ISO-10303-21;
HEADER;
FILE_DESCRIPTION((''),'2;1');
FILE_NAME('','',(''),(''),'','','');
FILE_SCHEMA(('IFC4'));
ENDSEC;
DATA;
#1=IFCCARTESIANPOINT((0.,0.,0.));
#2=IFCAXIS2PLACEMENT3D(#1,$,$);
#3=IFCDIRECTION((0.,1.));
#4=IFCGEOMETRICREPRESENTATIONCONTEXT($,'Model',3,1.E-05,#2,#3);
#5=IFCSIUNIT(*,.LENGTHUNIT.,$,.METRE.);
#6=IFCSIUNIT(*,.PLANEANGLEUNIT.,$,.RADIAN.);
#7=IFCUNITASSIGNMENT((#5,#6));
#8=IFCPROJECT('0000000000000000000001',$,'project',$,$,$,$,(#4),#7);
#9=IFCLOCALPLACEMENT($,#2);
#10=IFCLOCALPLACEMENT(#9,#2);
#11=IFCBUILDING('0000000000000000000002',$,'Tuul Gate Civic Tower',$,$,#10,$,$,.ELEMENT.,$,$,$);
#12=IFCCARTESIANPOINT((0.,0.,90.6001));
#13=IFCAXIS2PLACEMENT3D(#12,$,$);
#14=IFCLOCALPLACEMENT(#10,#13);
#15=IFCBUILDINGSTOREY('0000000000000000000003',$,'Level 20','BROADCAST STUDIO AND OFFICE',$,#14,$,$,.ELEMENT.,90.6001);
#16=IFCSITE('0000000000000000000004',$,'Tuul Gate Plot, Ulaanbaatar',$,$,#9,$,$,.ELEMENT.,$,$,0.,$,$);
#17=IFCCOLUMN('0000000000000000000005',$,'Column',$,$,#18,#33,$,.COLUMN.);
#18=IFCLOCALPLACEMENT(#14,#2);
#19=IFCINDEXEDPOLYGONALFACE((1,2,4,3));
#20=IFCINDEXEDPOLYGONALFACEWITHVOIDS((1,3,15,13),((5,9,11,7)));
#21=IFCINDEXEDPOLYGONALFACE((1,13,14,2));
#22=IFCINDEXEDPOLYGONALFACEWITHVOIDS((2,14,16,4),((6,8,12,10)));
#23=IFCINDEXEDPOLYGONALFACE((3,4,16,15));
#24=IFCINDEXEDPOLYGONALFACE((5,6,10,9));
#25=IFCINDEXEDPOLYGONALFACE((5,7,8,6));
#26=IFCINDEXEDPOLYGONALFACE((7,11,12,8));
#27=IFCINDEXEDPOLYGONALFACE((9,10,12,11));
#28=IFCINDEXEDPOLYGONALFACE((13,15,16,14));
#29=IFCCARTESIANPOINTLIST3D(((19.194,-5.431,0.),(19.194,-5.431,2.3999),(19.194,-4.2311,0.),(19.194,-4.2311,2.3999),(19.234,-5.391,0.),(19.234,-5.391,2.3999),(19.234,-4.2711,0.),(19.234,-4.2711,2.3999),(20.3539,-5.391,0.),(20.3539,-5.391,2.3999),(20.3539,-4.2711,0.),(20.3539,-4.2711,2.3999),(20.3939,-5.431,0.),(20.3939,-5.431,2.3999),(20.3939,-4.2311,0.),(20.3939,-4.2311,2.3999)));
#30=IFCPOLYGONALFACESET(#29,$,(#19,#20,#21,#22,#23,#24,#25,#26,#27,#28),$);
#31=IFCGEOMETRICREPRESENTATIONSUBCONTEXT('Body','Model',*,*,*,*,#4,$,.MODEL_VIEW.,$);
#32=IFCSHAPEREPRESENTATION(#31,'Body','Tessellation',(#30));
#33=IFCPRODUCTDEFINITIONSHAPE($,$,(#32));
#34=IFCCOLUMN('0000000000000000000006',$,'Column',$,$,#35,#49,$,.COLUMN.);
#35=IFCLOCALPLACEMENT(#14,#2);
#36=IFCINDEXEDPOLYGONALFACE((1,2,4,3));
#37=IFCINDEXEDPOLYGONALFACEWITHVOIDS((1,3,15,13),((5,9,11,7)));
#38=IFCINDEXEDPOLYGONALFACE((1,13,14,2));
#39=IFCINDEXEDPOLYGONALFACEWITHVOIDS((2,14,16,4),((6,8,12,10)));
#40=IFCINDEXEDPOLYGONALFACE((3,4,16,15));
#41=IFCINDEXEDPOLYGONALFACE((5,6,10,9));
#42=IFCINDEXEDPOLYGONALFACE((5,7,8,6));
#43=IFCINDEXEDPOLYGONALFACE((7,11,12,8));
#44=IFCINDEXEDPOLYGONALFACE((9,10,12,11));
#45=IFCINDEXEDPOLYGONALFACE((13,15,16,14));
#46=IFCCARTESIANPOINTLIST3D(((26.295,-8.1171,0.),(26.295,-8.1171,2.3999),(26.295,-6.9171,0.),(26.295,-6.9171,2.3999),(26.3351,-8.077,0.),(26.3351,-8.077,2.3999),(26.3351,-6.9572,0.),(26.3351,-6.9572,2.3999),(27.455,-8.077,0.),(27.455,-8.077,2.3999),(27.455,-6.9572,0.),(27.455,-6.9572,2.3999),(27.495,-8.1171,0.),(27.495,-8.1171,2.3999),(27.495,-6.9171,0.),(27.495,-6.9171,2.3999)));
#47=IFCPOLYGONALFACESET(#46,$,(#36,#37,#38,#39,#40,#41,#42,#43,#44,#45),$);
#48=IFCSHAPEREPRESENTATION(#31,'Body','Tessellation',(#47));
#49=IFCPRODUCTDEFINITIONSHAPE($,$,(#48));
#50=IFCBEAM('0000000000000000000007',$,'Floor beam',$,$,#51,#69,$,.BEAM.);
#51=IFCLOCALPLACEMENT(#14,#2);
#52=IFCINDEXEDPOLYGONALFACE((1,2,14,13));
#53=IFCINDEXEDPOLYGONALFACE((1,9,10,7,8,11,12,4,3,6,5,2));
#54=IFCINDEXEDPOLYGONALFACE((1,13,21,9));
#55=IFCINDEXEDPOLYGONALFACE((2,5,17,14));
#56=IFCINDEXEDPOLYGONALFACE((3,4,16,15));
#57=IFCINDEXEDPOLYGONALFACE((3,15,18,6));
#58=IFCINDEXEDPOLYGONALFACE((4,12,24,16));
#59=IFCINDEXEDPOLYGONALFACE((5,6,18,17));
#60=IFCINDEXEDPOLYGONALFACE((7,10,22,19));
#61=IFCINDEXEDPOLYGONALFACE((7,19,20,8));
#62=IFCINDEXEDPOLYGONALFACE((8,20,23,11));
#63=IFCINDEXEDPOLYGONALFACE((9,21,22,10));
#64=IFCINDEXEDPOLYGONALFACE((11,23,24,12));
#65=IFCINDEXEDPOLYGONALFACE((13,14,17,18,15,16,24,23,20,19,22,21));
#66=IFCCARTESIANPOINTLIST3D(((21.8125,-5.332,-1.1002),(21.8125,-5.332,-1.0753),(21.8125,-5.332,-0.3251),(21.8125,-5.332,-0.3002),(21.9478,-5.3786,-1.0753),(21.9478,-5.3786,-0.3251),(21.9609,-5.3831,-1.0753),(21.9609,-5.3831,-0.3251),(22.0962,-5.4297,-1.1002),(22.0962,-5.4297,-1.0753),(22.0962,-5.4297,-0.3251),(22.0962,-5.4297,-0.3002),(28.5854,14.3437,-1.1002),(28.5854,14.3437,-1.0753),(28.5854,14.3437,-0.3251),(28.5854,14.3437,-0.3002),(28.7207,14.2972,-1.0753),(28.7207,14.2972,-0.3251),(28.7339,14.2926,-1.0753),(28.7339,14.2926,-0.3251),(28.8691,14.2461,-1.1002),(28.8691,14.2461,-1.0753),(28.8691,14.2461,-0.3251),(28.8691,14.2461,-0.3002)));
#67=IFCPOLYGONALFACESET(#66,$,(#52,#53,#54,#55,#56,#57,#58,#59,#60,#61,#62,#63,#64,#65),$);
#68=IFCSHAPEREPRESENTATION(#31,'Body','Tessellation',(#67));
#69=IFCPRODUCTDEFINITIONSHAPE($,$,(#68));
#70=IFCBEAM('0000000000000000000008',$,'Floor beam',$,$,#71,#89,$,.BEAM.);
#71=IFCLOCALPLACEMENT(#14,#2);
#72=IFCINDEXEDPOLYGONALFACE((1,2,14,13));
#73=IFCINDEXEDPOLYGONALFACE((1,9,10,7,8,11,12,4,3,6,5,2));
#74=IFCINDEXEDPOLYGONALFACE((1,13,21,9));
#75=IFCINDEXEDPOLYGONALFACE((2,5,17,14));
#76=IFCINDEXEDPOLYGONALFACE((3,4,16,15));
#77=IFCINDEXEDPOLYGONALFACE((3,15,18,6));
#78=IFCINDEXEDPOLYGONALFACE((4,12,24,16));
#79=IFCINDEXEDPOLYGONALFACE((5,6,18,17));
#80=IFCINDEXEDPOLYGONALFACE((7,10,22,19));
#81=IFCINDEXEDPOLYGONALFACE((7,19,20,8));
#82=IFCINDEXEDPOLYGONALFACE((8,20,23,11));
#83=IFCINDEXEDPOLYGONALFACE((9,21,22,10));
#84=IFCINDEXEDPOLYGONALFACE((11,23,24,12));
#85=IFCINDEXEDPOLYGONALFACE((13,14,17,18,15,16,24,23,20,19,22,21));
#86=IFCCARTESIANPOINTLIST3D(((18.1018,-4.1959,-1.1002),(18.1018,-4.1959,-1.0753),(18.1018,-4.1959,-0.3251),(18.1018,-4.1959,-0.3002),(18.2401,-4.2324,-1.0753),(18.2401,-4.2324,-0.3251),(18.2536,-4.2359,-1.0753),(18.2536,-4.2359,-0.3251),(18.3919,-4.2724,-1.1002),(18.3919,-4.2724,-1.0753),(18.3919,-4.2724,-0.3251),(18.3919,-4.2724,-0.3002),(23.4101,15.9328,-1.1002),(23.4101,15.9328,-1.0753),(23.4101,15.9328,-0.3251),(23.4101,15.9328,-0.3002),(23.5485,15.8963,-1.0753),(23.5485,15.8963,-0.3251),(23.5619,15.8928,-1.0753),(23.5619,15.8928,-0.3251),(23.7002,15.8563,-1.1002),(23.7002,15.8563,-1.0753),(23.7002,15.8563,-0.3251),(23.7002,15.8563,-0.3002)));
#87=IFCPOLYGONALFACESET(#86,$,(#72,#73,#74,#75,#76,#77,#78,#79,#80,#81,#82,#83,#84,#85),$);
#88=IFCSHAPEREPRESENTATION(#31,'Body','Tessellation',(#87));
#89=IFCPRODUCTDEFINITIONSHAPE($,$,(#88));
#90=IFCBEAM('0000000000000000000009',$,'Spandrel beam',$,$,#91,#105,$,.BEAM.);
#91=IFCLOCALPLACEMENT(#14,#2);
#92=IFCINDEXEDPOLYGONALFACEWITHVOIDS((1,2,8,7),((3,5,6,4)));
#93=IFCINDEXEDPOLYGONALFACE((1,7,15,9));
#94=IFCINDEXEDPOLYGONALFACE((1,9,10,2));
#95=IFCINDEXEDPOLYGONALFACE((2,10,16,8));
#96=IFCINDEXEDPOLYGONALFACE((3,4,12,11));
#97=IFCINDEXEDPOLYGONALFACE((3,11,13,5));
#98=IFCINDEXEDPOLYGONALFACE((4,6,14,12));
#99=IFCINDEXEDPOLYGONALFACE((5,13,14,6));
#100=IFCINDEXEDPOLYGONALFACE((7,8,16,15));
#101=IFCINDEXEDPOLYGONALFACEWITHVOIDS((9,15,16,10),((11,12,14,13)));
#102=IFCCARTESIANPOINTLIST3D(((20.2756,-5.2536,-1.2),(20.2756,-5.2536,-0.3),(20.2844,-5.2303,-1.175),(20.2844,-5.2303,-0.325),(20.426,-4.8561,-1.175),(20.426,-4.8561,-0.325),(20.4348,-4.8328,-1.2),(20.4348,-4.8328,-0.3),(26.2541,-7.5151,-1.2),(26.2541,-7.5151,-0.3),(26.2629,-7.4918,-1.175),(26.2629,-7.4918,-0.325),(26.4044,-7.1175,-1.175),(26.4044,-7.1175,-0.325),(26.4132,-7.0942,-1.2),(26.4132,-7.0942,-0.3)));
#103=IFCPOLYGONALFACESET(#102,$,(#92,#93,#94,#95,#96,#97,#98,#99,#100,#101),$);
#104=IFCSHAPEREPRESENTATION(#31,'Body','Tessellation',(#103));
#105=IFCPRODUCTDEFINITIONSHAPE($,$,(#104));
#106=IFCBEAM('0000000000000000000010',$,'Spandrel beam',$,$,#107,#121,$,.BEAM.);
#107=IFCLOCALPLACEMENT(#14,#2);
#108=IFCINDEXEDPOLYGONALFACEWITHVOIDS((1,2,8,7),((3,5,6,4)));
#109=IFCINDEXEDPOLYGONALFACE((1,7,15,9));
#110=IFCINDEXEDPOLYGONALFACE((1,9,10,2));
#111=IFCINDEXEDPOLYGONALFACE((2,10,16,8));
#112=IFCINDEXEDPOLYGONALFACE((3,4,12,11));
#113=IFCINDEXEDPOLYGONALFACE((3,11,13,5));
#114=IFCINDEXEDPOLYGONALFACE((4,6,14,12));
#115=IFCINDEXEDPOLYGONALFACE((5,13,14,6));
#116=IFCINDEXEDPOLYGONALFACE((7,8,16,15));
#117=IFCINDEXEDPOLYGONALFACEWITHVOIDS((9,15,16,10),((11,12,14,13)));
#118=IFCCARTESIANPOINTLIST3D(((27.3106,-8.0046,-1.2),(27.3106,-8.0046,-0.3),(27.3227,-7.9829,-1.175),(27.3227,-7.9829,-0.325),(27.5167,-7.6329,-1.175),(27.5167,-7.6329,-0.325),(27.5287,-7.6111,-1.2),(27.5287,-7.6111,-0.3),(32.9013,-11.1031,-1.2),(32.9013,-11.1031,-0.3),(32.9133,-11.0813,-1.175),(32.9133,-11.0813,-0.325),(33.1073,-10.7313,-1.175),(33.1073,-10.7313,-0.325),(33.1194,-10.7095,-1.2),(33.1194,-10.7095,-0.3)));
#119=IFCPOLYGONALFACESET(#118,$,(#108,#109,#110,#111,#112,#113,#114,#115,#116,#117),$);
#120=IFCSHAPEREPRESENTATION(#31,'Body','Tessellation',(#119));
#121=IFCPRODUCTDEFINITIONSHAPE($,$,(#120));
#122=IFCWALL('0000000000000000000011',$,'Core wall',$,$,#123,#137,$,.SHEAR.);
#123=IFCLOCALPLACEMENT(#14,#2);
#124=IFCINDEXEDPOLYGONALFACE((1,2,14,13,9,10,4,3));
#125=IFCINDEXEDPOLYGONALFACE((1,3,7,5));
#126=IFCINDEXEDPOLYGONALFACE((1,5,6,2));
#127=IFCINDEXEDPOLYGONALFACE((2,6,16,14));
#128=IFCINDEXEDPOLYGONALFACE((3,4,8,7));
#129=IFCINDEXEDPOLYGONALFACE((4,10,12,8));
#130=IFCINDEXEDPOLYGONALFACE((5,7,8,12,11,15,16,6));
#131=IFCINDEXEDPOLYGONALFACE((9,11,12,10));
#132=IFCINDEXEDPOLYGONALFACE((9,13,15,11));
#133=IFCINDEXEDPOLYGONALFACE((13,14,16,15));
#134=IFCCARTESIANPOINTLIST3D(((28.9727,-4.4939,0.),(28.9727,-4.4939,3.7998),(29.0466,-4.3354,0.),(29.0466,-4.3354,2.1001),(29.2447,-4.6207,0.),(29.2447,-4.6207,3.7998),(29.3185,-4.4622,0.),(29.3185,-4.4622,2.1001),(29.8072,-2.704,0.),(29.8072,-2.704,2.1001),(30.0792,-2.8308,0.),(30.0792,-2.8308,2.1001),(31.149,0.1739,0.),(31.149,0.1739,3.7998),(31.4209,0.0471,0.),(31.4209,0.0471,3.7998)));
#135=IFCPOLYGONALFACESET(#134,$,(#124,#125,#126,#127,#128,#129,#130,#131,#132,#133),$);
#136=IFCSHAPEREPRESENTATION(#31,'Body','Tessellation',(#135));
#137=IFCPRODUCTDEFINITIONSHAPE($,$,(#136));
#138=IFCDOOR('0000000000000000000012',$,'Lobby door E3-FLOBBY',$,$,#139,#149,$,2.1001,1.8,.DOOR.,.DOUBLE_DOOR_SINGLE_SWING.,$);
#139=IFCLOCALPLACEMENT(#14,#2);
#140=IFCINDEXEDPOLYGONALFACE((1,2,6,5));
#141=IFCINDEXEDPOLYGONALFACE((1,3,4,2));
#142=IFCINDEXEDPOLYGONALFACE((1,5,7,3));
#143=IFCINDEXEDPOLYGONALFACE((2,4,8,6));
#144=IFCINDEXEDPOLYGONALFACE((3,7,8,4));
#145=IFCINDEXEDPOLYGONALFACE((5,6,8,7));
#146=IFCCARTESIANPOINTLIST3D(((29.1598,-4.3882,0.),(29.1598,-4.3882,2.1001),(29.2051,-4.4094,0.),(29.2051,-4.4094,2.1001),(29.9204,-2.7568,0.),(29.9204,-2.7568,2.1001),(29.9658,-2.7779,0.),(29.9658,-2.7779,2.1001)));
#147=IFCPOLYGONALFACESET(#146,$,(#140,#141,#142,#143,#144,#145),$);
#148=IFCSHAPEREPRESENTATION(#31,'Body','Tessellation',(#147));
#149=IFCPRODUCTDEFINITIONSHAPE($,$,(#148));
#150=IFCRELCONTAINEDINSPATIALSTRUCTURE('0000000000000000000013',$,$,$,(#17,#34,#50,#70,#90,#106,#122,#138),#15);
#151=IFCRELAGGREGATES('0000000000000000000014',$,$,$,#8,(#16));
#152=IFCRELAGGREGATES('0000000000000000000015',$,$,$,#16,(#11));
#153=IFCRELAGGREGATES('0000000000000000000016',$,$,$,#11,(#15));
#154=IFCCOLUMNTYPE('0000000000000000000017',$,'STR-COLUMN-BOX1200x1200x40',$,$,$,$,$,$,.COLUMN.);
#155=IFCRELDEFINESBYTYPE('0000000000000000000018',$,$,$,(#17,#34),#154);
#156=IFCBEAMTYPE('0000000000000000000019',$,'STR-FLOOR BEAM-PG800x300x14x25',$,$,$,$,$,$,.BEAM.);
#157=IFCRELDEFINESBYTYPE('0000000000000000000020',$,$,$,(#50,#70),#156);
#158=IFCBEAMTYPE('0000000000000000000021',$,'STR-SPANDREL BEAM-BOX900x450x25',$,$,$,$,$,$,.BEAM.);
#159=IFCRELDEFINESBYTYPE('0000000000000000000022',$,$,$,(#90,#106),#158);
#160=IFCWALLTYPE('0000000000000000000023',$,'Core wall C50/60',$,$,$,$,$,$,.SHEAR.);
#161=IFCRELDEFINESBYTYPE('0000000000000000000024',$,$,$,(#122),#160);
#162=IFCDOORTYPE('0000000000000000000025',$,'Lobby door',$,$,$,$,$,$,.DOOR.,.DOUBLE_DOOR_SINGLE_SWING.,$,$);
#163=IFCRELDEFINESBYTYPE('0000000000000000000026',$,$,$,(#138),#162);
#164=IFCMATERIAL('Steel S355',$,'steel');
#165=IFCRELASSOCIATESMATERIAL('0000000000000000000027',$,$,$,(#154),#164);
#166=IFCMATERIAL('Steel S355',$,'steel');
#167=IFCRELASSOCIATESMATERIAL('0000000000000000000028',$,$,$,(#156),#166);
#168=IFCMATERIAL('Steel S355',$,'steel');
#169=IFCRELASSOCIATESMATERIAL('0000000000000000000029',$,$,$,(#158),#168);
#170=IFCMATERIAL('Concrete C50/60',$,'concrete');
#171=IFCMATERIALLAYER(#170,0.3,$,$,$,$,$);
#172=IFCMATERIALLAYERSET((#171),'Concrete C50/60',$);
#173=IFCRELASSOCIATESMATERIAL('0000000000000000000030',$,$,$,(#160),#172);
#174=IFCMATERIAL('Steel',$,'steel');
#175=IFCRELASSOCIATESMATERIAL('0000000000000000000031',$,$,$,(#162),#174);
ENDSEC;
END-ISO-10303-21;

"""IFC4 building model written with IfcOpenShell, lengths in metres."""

from ifc_helpers import new_model, si_unit, direction, frame, frame_2d, origin, origin_2d, place, context, subcontext, project, spatial, rectangle, hollow_rectangle, i_section, extrude, material, layer, layer_set, material_profile, profile_set, type_object, element, fill, save


model = new_model("IFC4")

# Units and contexts
model_context = context("Model", 3, precision=1e-05, world=origin(), true_north=direction((0.0, 1.0)))
body_context = subcontext(model_context, "Body", "Model", "MODEL_VIEW")
ifc_project = project(units=[si_unit("LENGTHUNIT", "METRE"), si_unit("PLANEANGLEUNIT", "RADIAN")], contexts=[model_context])

# Site, building, storey
site_placement = place(None, origin())
site = spatial("IfcSite", under=ifc_project, at=site_placement, Name="Tuul Gate Plot, Ulaanbaatar", CompositionType="ELEMENT", RefElevation=0.0)
building_placement = place(site_placement, origin())
building = spatial("IfcBuilding", under=site, at=building_placement, Name="Tuul Gate Civic Tower", CompositionType="ELEMENT")
storey_placement = place(building_placement, frame((0.0, 0.0, 90.6001)))
storey = spatial("IfcBuildingStorey", under=building, at=storey_placement, Name="Level 20", Description="BROADCAST STUDIO AND OFFICE", CompositionType="ELEMENT", Elevation=90.6001)

# Columns
ifc_material_1 = material(Name="Steel S355", Category="steel")
ifc_material_profile_1 = material_profile(ifc_material_1, hollow_rectangle(XDim=1.2, YDim=1.2, WallThickness=0.04, at=origin_2d()), Name="BOX1200x1200x40")
ifc_profile_set_1 = profile_set([ifc_material_profile_1], Name="Steel S355")
column_type = type_object("IfcColumnType", Name="STR-COLUMN-BOX1200x1200x40", PredefinedType="COLUMN", material=ifc_profile_set_1)
for number, where, z_axis, x_axis, name in (
    (1, (19.7939, -4.8311, 0.0), (0.0, 0.0, 1.0), (1.0, 0.0, 0.0), "Column"),
    (2, (26.895, -7.5171, 0.0), (0.0, 0.0, 1.0), (1.0, 0.0, 0.0), "Column"),
):
    element("IfcColumn", number, at=place(storey_placement, frame(where, z_axis=z_axis, x_axis=x_axis)), inside=storey, type_object=column_type, Name=name, PredefinedType="COLUMN", context=body_context, shape_type="SweptSolid", body=[
        extrude(hollow_rectangle(XDim=1.2, YDim=1.2, WallThickness=0.04, at=origin_2d()), origin(), (0.0, 0.0, 1.0), 2.3999),
    ])

# Beams
ifc_material_2 = material(Name="Steel S355", Category="steel")
ifc_material_profile_2 = material_profile(ifc_material_2, i_section(OverallWidth=0.3, OverallDepth=0.8, WebThickness=0.0139, FlangeThickness=0.0249, at=origin_2d()), Name="PG800x300x14x25")
ifc_profile_set_2 = profile_set([ifc_material_profile_2], Name="Steel S355")
beam_type_1 = type_object("IfcBeamType", Name="STR-FLOOR BEAM-PG800x300x14x25", PredefinedType="BEAM", material=ifc_profile_set_2)
beam_1_placement = place(storey_placement, frame((21.9543, -5.3809, -0.7002), z_axis=(0.325484, 0.945548, 0.0), x_axis=(-0.945548, 0.325484, 0.0)))
element("IfcBeam", 3, at=beam_1_placement, inside=storey, type_object=beam_type_1, Name="Floor beam", PredefinedType="BEAM", context=body_context, shape_type="SweptSolid", body=[
    extrude(i_section(OverallWidth=0.3, OverallDepth=0.8, WebThickness=0.0139, FlangeThickness=0.0249, at=origin_2d()), origin(), (0.0, 0.0, 1.0), 20.8088),
])
beam_2_placement = place(storey_placement, frame((18.2468, -4.2341, -0.7002), z_axis=(0.255002, 0.96694, 0.0), x_axis=(-0.96694, 0.255002, 0.0)))
element("IfcBeam", 4, at=beam_2_placement, inside=storey, type_object=beam_type_1, Name="Floor beam", PredefinedType="BEAM", context=body_context, shape_type="SweptSolid", body=[
    extrude(i_section(OverallWidth=0.3, OverallDepth=0.8, WebThickness=0.0139, FlangeThickness=0.0249, at=origin_2d()), origin(), (0.0, 0.0, 1.0), 20.8169),
])
ifc_material_3 = material(Name="Steel S355", Category="steel")
ifc_material_profile_3 = material_profile(ifc_material_3, hollow_rectangle(XDim=0.45, YDim=0.8999, WallThickness=0.0249, at=origin_2d()), Name="BOX900x450x25")
ifc_profile_set_3 = profile_set([ifc_material_profile_3], Name="Steel S355")
beam_type_2 = type_object("IfcBeamType", Name="STR-SPANDREL BEAM-BOX900x450x25", PredefinedType="BEAM", material=ifc_profile_set_3)
for number, where, z_axis, x_axis, name in (
    (5, (20.3552, -5.0432, -0.75), (0.935321, -0.353801, 0.0), (0.353801, 0.935321, 0.0), "Spandrel beam"),
    (6, (27.4197, -7.8079, -0.75), (0.874654, -0.484748, 0.0), (0.484748, 0.874654, 0.0), "Spandrel beam"),
):
    element("IfcBeam", number, at=place(storey_placement, frame(where, z_axis=z_axis, x_axis=x_axis)), inside=storey, type_object=beam_type_2, Name=name, PredefinedType="BEAM", context=body_context, shape_type="SweptSolid", body=[
        extrude(hollow_rectangle(XDim=0.45, YDim=0.8999, WallThickness=0.0249, at=origin_2d()), origin(), (0.0, 0.0, 1.0), 6.3918),
    ])

# Wall, opening, door
ifc_material_4 = material(Name="Concrete C50/60", Category="concrete")
ifc_layer_1 = layer(ifc_material_4, 0.3)
ifc_layer_set_1 = layer_set([ifc_layer_1], Name="Concrete C50/60")
wall_type_1 = type_object("IfcWallType", Name="Core wall C50/60", PredefinedType="SHEAR", material=ifc_layer_set_1)
wall_1_placement = place(storey_placement, frame((29.1086, -4.5574, 0.0), z_axis=(0.0, 0.0, 1.0), x_axis=(0.422566, 0.906332, 0.0)))
wall_1 = element("IfcWall", 7, at=wall_1_placement, inside=storey, type_object=wall_type_1, Name="Core wall", PredefinedType="SHEAR", context=body_context, shape_type="SweptSolid", body=[
    extrude(rectangle(XDim=5.1501, YDim=0.3, at=frame_2d((2.5752, 0.0))), origin(), (0.0, 0.0, 1.0), 3.7998),
])
opening_1_placement = place(wall_1_placement, frame((0.175, 0.0, 0.0)))
opening_1 = element("IfcOpeningElement", 8, at=opening_1_placement, cuts=wall_1, PredefinedType="OPENING", context=body_context, shape_type="SweptSolid", body=[
    extrude(rectangle(XDim=1.8, YDim=2.1001, at=frame_2d((0.8999, 1.05))), frame((0.0, 0.1602, 0.0), z_axis=(0.0, -1.0, 0.0), x_axis=(1.0, 0.0, 0.0)), (0.0, 0.0, 1.0), 0.3201),
])
ifc_material_5 = material(Name="Steel", Category="steel")
door_type_1 = type_object("IfcDoorType", Name="Lobby door", OperationType="DOUBLE_DOOR_SINGLE_SWING", PredefinedType="DOOR", material=ifc_material_5)
door_1_placement = place(opening_1_placement, frame((1.8, 0.0, 0.0), z_axis=(0.0, 0.0, 1.0), x_axis=(-1.0, 0.0, 0.0)))
door_1 = element("IfcDoor", 9, at=door_1_placement, inside=storey, type_object=door_type_1, Name="Lobby door E3-FLOBBY", OperationType="DOUBLE_DOOR_SINGLE_SWING", OverallHeight=2.1001, OverallWidth=1.8, PredefinedType="DOOR", context=body_context, shape_type="SweptSolid", body=[
    extrude(rectangle(XDim=1.8, YDim=2.1001, at=frame_2d((0.9001, 1.05))), frame((0.0, 0.0249, 0.0), z_axis=(0.0, -1.0, 0.0), x_axis=(1.0, 0.0, 0.0)), (0.0, 0.0, 1.0), 0.05),
])
fill(opening_1, door_1)

save(model, "model.ifc")
